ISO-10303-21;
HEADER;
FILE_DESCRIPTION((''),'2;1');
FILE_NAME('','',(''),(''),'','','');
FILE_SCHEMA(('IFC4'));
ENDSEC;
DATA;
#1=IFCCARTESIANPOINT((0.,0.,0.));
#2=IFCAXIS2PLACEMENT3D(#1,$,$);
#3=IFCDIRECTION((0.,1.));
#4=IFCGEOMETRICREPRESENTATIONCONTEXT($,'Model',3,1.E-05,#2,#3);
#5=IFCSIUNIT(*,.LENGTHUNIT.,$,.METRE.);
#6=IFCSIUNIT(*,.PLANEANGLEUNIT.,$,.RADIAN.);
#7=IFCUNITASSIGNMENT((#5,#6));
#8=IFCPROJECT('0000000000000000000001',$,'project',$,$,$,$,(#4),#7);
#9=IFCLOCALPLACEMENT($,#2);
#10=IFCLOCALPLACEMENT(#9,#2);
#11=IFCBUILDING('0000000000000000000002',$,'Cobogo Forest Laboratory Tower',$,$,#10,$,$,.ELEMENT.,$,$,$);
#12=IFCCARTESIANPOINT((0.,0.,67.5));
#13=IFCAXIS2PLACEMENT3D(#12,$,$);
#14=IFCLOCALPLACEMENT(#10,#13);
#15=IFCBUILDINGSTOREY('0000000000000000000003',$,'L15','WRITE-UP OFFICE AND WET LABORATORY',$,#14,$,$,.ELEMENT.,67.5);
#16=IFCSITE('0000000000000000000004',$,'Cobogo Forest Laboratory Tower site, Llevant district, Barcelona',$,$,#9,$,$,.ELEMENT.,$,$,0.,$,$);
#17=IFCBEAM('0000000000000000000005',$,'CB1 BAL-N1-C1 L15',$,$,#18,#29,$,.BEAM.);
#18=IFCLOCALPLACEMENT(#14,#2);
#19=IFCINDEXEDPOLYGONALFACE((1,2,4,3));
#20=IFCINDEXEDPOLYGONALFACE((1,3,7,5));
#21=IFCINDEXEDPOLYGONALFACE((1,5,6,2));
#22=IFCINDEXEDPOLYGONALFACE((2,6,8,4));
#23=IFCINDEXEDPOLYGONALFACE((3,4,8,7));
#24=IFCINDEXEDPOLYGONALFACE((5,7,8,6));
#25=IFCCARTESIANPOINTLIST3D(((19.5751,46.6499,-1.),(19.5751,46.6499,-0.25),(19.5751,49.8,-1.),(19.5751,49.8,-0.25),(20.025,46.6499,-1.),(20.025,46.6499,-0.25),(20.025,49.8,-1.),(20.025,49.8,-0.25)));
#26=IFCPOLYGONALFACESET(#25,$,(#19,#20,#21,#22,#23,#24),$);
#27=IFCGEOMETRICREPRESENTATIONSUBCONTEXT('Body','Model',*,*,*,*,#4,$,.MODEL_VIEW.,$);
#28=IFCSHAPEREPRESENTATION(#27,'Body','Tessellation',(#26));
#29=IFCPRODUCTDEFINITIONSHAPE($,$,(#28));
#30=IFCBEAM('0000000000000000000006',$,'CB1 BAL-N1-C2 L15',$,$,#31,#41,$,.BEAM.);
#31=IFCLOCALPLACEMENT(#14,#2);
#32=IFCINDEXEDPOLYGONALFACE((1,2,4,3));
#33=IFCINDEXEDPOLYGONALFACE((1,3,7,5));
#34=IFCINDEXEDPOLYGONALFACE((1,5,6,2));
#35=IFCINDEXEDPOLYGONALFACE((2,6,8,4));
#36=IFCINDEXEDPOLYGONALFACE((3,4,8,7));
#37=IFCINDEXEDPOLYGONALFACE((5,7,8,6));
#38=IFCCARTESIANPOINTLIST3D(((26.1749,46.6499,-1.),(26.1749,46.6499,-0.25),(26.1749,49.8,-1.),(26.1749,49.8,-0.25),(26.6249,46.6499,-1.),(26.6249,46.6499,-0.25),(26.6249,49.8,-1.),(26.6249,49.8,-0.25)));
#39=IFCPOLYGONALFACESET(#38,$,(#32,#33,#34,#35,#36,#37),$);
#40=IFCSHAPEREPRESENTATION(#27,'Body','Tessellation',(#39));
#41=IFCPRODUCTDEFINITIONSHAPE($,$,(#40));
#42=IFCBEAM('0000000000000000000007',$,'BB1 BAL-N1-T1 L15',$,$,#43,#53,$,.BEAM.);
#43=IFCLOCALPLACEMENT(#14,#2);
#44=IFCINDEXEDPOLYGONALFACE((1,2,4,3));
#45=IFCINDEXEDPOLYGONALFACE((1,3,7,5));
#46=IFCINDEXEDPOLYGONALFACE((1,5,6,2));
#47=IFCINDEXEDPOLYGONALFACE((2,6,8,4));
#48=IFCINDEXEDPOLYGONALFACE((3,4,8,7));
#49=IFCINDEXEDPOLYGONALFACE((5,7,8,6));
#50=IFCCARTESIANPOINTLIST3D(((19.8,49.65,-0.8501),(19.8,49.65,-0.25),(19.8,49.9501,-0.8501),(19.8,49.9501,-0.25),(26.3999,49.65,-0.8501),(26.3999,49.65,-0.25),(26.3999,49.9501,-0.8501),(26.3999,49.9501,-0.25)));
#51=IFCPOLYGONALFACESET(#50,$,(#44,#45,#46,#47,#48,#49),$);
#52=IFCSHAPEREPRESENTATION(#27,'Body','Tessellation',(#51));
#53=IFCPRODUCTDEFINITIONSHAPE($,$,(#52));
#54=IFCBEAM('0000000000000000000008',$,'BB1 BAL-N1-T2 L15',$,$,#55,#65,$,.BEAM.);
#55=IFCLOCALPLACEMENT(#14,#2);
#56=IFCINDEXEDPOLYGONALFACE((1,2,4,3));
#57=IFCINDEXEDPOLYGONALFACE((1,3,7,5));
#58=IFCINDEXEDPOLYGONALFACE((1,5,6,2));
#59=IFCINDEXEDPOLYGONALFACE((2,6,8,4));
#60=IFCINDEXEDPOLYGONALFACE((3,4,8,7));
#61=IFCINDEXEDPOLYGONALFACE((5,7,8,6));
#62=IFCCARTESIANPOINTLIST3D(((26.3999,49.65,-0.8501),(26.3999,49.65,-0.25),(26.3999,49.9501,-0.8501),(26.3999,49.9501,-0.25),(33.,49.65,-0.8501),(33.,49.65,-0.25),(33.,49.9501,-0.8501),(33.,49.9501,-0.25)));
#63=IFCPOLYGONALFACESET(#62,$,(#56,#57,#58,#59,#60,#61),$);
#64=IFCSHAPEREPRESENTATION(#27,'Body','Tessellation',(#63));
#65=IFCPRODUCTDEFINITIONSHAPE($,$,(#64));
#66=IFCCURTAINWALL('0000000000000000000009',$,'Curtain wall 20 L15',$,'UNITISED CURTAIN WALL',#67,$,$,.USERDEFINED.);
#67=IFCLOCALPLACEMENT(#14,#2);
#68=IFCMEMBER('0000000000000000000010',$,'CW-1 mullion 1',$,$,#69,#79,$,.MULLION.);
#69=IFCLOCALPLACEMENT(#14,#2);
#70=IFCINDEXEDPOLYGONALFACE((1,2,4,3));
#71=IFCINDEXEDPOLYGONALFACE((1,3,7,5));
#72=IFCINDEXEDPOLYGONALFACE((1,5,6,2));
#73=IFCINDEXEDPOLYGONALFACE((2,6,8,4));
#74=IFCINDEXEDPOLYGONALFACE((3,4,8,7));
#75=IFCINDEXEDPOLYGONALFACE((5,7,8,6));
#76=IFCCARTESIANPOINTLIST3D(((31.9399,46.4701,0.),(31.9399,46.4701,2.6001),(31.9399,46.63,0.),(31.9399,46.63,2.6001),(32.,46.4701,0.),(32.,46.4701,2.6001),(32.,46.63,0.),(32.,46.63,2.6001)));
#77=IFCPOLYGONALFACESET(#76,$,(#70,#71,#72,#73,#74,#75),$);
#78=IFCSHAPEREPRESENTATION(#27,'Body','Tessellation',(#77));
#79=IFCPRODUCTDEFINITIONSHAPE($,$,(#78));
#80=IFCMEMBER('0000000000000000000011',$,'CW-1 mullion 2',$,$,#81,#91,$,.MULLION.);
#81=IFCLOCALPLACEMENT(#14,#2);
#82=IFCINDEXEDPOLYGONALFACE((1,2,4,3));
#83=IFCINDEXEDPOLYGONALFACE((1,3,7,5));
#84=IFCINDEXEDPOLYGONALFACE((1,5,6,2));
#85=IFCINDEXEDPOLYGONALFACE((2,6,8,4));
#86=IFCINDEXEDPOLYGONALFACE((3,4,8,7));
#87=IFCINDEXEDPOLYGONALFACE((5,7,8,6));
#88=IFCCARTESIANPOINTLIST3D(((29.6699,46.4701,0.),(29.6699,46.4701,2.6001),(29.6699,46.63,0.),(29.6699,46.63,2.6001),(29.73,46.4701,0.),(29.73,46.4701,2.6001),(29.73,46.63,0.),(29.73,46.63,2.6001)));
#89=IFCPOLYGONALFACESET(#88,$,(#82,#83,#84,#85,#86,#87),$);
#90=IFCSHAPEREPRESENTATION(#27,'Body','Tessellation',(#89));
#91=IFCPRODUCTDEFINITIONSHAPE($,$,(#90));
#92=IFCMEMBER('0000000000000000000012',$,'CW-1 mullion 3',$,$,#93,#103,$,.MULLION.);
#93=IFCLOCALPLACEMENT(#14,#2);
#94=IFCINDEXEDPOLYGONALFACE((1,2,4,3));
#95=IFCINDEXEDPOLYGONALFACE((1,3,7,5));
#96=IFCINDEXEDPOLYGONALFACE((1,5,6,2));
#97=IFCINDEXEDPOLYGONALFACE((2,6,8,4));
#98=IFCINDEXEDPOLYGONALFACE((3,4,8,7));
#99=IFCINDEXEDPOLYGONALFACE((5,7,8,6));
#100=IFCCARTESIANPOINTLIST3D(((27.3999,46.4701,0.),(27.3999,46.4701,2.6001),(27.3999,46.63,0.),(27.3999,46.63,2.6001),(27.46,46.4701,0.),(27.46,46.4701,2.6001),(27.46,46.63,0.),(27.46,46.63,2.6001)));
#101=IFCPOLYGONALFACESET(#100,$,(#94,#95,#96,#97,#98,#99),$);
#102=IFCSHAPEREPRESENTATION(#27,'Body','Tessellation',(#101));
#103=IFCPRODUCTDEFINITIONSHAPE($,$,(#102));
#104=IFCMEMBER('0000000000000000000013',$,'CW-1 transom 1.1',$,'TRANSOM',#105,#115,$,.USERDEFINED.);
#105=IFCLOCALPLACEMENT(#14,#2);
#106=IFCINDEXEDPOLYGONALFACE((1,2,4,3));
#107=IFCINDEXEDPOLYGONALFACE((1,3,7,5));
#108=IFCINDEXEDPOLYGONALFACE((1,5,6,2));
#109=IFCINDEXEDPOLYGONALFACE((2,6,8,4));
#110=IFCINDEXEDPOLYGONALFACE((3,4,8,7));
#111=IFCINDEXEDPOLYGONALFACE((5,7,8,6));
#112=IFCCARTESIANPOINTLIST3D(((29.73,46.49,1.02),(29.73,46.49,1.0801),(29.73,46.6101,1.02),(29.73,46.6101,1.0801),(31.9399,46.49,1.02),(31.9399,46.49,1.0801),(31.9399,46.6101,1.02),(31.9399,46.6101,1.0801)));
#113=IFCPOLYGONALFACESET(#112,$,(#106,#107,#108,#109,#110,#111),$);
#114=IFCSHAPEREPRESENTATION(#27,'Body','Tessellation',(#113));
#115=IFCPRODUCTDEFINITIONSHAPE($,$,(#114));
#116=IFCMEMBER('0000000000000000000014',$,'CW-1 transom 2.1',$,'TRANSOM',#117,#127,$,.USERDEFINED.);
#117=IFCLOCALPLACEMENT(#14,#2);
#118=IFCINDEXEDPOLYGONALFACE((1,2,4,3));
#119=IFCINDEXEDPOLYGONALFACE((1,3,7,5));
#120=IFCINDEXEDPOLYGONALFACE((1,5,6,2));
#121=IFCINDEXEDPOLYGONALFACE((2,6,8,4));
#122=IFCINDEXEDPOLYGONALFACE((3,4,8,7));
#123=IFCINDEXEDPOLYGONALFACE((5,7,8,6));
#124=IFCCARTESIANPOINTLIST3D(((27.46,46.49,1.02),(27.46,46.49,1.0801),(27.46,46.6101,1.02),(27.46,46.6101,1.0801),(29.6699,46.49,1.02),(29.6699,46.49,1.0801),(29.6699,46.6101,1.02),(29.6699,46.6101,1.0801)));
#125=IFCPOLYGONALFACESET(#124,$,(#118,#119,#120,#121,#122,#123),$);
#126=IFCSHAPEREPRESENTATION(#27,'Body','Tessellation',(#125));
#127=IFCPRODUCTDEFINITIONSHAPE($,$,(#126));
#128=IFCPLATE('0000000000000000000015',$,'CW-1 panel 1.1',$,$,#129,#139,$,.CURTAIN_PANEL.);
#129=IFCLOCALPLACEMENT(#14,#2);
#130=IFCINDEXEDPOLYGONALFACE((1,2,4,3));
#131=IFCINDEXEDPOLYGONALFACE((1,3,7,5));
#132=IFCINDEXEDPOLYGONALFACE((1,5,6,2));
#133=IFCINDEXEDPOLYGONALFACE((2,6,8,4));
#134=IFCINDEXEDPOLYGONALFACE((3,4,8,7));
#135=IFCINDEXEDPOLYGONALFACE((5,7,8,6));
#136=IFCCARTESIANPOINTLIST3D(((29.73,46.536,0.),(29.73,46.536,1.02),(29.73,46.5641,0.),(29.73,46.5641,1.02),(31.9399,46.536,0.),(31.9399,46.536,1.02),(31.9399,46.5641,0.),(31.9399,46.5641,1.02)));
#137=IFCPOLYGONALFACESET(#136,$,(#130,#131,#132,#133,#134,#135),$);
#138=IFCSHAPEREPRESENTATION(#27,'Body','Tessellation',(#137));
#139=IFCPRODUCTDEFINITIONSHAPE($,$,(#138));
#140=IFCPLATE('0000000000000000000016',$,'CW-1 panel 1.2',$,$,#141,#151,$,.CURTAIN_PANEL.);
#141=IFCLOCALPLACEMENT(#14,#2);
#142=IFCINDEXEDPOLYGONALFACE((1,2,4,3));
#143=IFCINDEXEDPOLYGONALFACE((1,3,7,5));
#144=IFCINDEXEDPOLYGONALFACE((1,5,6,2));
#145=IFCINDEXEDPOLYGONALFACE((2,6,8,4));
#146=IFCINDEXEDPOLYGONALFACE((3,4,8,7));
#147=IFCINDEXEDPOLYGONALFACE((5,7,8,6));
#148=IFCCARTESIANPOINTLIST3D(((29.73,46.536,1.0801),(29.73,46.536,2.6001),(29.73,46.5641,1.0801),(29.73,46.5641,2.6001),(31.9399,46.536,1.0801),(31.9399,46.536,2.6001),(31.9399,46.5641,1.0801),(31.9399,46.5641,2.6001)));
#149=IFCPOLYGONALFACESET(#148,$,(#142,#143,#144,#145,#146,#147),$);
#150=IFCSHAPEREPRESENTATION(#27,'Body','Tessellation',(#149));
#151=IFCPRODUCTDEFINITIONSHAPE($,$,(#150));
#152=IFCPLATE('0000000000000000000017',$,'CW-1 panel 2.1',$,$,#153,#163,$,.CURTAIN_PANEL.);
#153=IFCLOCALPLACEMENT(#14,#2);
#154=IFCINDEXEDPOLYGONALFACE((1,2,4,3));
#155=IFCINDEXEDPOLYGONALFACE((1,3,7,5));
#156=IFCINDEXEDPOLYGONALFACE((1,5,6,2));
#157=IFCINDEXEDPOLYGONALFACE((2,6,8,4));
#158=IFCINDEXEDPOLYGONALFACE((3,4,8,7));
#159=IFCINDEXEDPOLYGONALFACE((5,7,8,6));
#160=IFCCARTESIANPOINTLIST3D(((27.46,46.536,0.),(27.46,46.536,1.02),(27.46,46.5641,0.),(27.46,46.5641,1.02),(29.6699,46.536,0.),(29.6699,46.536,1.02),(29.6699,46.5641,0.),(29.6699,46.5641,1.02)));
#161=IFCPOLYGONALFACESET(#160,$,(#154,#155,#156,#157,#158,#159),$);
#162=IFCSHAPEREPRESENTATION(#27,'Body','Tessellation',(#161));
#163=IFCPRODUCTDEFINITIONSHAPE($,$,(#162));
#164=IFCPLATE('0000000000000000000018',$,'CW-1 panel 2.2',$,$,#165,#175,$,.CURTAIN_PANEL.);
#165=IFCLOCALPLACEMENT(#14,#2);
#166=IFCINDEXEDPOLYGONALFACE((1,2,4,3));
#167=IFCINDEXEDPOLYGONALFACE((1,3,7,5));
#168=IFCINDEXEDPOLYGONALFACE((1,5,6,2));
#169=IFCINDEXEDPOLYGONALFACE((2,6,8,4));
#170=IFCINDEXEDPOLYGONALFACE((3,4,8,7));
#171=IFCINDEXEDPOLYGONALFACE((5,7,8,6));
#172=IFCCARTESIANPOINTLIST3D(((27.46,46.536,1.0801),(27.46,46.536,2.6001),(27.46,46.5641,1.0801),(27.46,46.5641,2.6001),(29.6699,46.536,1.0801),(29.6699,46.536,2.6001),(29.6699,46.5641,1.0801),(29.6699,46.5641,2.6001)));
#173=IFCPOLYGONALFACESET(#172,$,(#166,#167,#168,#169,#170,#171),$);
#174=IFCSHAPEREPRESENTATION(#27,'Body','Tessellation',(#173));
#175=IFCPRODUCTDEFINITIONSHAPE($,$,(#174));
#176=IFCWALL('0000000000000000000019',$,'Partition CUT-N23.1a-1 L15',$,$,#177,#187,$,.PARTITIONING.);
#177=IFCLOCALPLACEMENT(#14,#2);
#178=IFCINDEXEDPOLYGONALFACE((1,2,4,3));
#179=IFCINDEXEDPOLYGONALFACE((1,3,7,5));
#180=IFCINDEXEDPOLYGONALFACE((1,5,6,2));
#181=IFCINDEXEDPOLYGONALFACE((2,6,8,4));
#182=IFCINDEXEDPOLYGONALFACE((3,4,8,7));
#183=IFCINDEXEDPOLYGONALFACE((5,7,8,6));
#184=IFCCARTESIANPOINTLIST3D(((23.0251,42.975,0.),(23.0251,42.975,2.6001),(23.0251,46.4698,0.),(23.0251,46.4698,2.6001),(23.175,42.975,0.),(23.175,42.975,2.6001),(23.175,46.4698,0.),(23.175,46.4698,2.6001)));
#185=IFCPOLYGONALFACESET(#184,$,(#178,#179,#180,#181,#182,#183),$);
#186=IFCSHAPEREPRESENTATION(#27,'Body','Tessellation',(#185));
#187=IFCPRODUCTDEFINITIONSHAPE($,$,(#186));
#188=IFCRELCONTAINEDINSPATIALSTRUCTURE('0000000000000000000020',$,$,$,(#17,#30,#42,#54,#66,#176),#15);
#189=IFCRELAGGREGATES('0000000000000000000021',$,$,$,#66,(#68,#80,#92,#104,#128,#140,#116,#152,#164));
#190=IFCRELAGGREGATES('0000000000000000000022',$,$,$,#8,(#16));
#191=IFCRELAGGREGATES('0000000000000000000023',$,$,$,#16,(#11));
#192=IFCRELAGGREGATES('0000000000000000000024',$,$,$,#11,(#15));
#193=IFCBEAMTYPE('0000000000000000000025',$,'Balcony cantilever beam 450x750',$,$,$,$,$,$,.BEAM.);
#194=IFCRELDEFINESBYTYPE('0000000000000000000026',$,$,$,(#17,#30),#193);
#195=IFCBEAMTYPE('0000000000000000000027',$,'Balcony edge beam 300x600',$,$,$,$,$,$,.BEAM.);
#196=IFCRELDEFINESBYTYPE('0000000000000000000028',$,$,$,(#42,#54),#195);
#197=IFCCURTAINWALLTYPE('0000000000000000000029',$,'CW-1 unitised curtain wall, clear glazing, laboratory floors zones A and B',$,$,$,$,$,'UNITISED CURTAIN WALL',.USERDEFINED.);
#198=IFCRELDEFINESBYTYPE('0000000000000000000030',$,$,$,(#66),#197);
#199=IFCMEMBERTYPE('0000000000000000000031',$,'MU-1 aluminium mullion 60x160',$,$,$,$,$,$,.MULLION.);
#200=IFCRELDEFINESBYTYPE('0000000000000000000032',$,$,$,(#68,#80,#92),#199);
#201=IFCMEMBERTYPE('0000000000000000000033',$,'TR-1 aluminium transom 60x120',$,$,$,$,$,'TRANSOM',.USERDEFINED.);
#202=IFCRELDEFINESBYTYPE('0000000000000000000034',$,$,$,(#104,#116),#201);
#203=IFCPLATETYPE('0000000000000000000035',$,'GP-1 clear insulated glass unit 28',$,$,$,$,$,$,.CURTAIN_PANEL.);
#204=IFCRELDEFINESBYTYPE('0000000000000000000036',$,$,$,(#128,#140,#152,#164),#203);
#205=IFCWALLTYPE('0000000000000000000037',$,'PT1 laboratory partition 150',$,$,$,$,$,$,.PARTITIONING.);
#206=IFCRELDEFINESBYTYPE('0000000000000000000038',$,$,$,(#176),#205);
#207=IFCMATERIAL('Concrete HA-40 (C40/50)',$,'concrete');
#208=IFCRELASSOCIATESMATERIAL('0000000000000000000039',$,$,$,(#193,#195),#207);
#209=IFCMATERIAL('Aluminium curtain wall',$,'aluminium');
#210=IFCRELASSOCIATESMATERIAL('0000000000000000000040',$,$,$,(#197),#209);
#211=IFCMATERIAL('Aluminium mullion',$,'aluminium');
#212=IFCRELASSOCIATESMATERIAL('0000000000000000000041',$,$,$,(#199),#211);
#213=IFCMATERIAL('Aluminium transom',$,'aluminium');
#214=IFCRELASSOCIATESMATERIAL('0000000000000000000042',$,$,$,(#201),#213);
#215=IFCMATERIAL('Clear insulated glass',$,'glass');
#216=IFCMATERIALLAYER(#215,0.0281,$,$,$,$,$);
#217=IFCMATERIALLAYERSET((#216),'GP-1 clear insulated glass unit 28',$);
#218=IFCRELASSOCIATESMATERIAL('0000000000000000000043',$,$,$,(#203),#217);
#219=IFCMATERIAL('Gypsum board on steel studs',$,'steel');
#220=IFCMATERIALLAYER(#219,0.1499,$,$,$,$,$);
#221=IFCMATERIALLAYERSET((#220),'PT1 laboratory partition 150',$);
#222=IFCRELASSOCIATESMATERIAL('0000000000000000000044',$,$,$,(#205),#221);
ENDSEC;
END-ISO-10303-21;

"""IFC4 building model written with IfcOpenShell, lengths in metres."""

from ifc_helpers import new_model, si_unit, direction, frame, frame_2d, origin, origin_2d, place, context, subcontext, project, spatial, rectangle, extrude, material, layer, layer_set, material_profile, profile_set, type_object, element, aggregate, save


model = new_model("IFC4")

# Units and contexts
model_context = context("Model", 3, precision=1e-05, world=origin(), true_north=direction((0.0, 1.0)))
body_context = subcontext(model_context, "Body", "Model", "MODEL_VIEW")
ifc_project = project(units=[si_unit("LENGTHUNIT", "METRE"), si_unit("PLANEANGLEUNIT", "RADIAN")], contexts=[model_context])

# Site, building, storey
site_placement = place(None, origin())
site = spatial("IfcSite", under=ifc_project, at=site_placement, Name="Cobogo Forest Laboratory Tower site, Llevant district, Barcelona", CompositionType="ELEMENT", RefElevation=0.0)
building_placement = place(site_placement, origin())
building = spatial("IfcBuilding", under=site, at=building_placement, Name="Cobogo Forest Laboratory Tower", CompositionType="ELEMENT")
storey_placement = place(building_placement, frame((0.0, 0.0, 67.5)))
storey = spatial("IfcBuildingStorey", under=building, at=storey_placement, Name="L15", Description="WRITE-UP OFFICE AND WET LABORATORY", CompositionType="ELEMENT", Elevation=67.5)

# Beams
ifc_material_1 = material(Name="Concrete HA-40 (C40/50)", Category="concrete")
ifc_material_profile_1 = material_profile(ifc_material_1, rectangle(XDim=0.45, YDim=0.75, at=origin_2d()), Name="RC 450x750")
ifc_profile_set_1 = profile_set([ifc_material_profile_1], Name="Concrete HA-40 (C40/50)")
beam_type_1 = type_object("IfcBeamType", Name="Balcony cantilever beam 450x750", PredefinedType="BEAM", material=ifc_profile_set_1)
for number, where, z_axis, x_axis, name in (
    (1, (19.8, 46.6499, -0.625), (0.0, 1.0, 0.0), (-1.0, 0.0, 0.0), "CB1 BAL-N1-C1 L15"),
    (2, (26.3999, 46.6499, -0.625), (0.0, 1.0, 0.0), (-1.0, 0.0, 0.0), "CB1 BAL-N1-C2 L15"),
):
    element("IfcBeam", number, at=place(storey_placement, frame(where, z_axis=z_axis, x_axis=x_axis)), inside=storey, type_object=beam_type_1, Name=name, PredefinedType="BEAM", context=body_context, shape_type="SweptSolid", body=[
        extrude(rectangle(XDim=0.45, YDim=0.75, at=origin_2d()), origin(), (0.0, 0.0, 1.0), 3.1501),
    ])
ifc_material_profile_2 = material_profile(ifc_material_1, rectangle(XDim=0.3, YDim=0.6001, at=origin_2d()), Name="RC 300x600")
ifc_profile_set_2 = profile_set([ifc_material_profile_2], Name="Concrete HA-40 (C40/50)")
beam_type_2 = type_object("IfcBeamType", Name="Balcony edge beam 300x600", PredefinedType="BEAM", material=ifc_profile_set_2)
beam_1_placement = place(storey_placement, frame((19.8, 49.8, -0.55), z_axis=(1.0, 0.0, 0.0), x_axis=(0.0, 1.0, 0.0)))
element("IfcBeam", 3, at=beam_1_placement, inside=storey, type_object=beam_type_2, Name="BB1 BAL-N1-T1 L15", PredefinedType="BEAM", context=body_context, shape_type="SweptSolid", body=[
    extrude(rectangle(XDim=0.3, YDim=0.6001, at=origin_2d()), origin(), (0.0, 0.0, 1.0), 6.5999),
])
beam_2_placement = place(storey_placement, frame((26.3999, 49.8, -0.55), z_axis=(1.0, 0.0, 0.0), x_axis=(0.0, 1.0, 0.0)))
element("IfcBeam", 4, at=beam_2_placement, inside=storey, type_object=beam_type_2, Name="BB1 BAL-N1-T2 L15", PredefinedType="BEAM", context=body_context, shape_type="SweptSolid", body=[
    extrude(rectangle(XDim=0.3, YDim=0.6001, at=origin_2d()), origin(), (0.0, 0.0, 1.0), 6.6001),
])

# Curtain wall, members, plates
ifc_material_2 = material(Name="Aluminium curtain wall", Category="aluminium")
curtain_wall_type = type_object("IfcCurtainWallType", Name="CW-1 unitised curtain wall, clear glazing, laboratory floors zones A and B", ElementType="UNITISED CURTAIN WALL", PredefinedType="USERDEFINED", material=ifc_material_2)
curtain_wall_placement = place(storey_placement, origin())
curtain_wall = element("IfcCurtainWall", 5, at=curtain_wall_placement, inside=storey, type_object=curtain_wall_type, Name="Curtain wall 20 L15", ObjectType="UNITISED CURTAIN WALL", PredefinedType="USERDEFINED")
ifc_material_3 = material(Name="Aluminium mullion", Category="aluminium")
ifc_material_profile_3 = material_profile(ifc_material_3, rectangle(XDim=0.0601, YDim=0.1599, at=origin_2d()), Name="AL 60x160")
ifc_profile_set_3 = profile_set([ifc_material_profile_3], Name="Aluminium mullion")
member_type_1 = type_object("IfcMemberType", Name="MU-1 aluminium mullion 60x160", PredefinedType="MULLION", material=ifc_profile_set_3)
member_1_placement = place(storey_placement, frame((31.97, 46.55, 0.0), z_axis=(0.0, 0.0, 1.0), x_axis=(-1.0, 0.0, 0.0)))
member_1 = element("IfcMember", 6, at=member_1_placement, type_object=member_type_1, Name="CW-1 mullion 1", PredefinedType="MULLION", context=body_context, shape_type="SweptSolid", body=[
    extrude(rectangle(XDim=0.0601, YDim=0.1599, at=origin_2d()), origin(), (0.0, 0.0, 1.0), 2.6001),
])
member_2_placement = place(storey_placement, frame((29.7, 46.55, 0.0), z_axis=(0.0, 0.0, 1.0), x_axis=(-1.0, 0.0, 0.0)))
member_2 = element("IfcMember", 7, at=member_2_placement, type_object=member_type_1, Name="CW-1 mullion 2", PredefinedType="MULLION", context=body_context, shape_type="SweptSolid", body=[
    extrude(rectangle(XDim=0.0601, YDim=0.1599, at=origin_2d()), origin(), (0.0, 0.0, 1.0), 2.6001),
])
member_3_placement = place(storey_placement, frame((27.4299, 46.55, 0.0), z_axis=(0.0, 0.0, 1.0), x_axis=(-1.0, 0.0, 0.0)))
member_3 = element("IfcMember", 8, at=member_3_placement, type_object=member_type_1, Name="CW-1 mullion 3", PredefinedType="MULLION", context=body_context, shape_type="SweptSolid", body=[
    extrude(rectangle(XDim=0.0601, YDim=0.1599, at=origin_2d()), origin(), (0.0, 0.0, 1.0), 2.6001),
])
ifc_material_4 = material(Name="Aluminium transom", Category="aluminium")
ifc_material_profile_4 = material_profile(ifc_material_4, rectangle(XDim=0.1201, YDim=0.0601, at=origin_2d()), Name="AL 60x120")
ifc_profile_set_4 = profile_set([ifc_material_profile_4], Name="Aluminium transom")
member_type_2 = type_object("IfcMemberType", Name="TR-1 aluminium transom 60x120", ElementType="TRANSOM", PredefinedType="USERDEFINED", material=ifc_profile_set_4)
member_4_placement = place(storey_placement, frame((31.9399, 46.55, 1.05), z_axis=(-1.0, 0.0, 0.0), x_axis=(0.0, -1.0, 0.0)))
member_4 = element("IfcMember", 9, at=member_4_placement, type_object=member_type_2, Name="CW-1 transom 1.1", ObjectType="TRANSOM", PredefinedType="USERDEFINED", context=body_context, shape_type="SweptSolid", body=[
    extrude(rectangle(XDim=0.1201, YDim=0.0601, at=origin_2d()), origin(), (0.0, 0.0, 1.0), 2.21),
])
member_5_placement = place(storey_placement, frame((29.6699, 46.55, 1.05), z_axis=(-1.0, 0.0, 0.0), x_axis=(0.0, -1.0, 0.0)))
member_5 = element("IfcMember", 10, at=member_5_placement, type_object=member_type_2, Name="CW-1 transom 2.1", ObjectType="TRANSOM", PredefinedType="USERDEFINED", context=body_context, shape_type="SweptSolid", body=[
    extrude(rectangle(XDim=0.1201, YDim=0.0601, at=origin_2d()), origin(), (0.0, 0.0, 1.0), 2.21),
])
ifc_material_5 = material(Name="Clear insulated glass", Category="glass")
ifc_layer_1 = layer(ifc_material_5, 0.0281)
ifc_layer_set_1 = layer_set([ifc_layer_1], Name="GP-1 clear insulated glass unit 28")
plate_type = type_object("IfcPlateType", Name="GP-1 clear insulated glass unit 28", PredefinedType="CURTAIN_PANEL", material=ifc_layer_set_1)
plate_1_placement = place(storey_placement, frame((30.835, 46.55, 0.0), z_axis=(0.0, 0.0, 1.0), x_axis=(-1.0, 0.0, 0.0)))
plate_1 = element("IfcPlate", 11, at=plate_1_placement, type_object=plate_type, Name="CW-1 panel 1.1", PredefinedType="CURTAIN_PANEL", context=body_context, shape_type="SweptSolid", body=[
    extrude(rectangle(XDim=2.21, YDim=0.0281, at=origin_2d()), origin(), (0.0, 0.0, 1.0), 1.02),
])
plate_2_placement = place(storey_placement, frame((30.835, 46.55, 1.0801), z_axis=(0.0, 0.0, 1.0), x_axis=(-1.0, 0.0, 0.0)))
plate_2 = element("IfcPlate", 12, at=plate_2_placement, type_object=plate_type, Name="CW-1 panel 1.2", PredefinedType="CURTAIN_PANEL", context=body_context, shape_type="SweptSolid", body=[
    extrude(rectangle(XDim=2.21, YDim=0.0281, at=origin_2d()), origin(), (0.0, 0.0, 1.0), 1.52),
])
plate_3_placement = place(storey_placement, frame((28.5649, 46.55, 0.0), z_axis=(0.0, 0.0, 1.0), x_axis=(-1.0, 0.0, 0.0)))
plate_3 = element("IfcPlate", 13, at=plate_3_placement, type_object=plate_type, Name="CW-1 panel 2.1", PredefinedType="CURTAIN_PANEL", context=body_context, shape_type="SweptSolid", body=[
    extrude(rectangle(XDim=2.21, YDim=0.0281, at=origin_2d()), origin(), (0.0, 0.0, 1.0), 1.02),
])
plate_4_placement = place(storey_placement, frame((28.5649, 46.55, 1.0801), z_axis=(0.0, 0.0, 1.0), x_axis=(-1.0, 0.0, 0.0)))
plate_4 = element("IfcPlate", 14, at=plate_4_placement, type_object=plate_type, Name="CW-1 panel 2.2", PredefinedType="CURTAIN_PANEL", context=body_context, shape_type="SweptSolid", body=[
    extrude(rectangle(XDim=2.21, YDim=0.0281, at=origin_2d()), origin(), (0.0, 0.0, 1.0), 1.52),
])
aggregate(curtain_wall, [member_1, member_2, member_3, member_4, plate_1, plate_2, member_5, plate_3, plate_4])

# Wall
ifc_material_6 = material(Name="Gypsum board on steel studs", Category="steel")
ifc_layer_2 = layer(ifc_material_6, 0.1499)
ifc_layer_set_2 = layer_set([ifc_layer_2], Name="PT1 laboratory partition 150")
wall_type_1 = type_object("IfcWallType", Name="PT1 laboratory partition 150", PredefinedType="PARTITIONING", material=ifc_layer_set_2)
wall_1_placement = place(storey_placement, frame((23.1001, 46.47, 0.0), z_axis=(0.0, 0.0, 1.0), x_axis=(0.0, -1.0, 0.0)))
element("IfcWall", 15, at=wall_1_placement, inside=storey, type_object=wall_type_1, Name="Partition CUT-N23.1a-1 L15", PredefinedType="PARTITIONING", context=body_context, shape_type="SweptSolid", body=[
    extrude(rectangle(XDim=3.4949, YDim=0.1499, at=frame_2d((1.7476, 0.0))), origin(), (0.0, 0.0, 1.0), 2.6001),
])

save(model, "model.ifc")
